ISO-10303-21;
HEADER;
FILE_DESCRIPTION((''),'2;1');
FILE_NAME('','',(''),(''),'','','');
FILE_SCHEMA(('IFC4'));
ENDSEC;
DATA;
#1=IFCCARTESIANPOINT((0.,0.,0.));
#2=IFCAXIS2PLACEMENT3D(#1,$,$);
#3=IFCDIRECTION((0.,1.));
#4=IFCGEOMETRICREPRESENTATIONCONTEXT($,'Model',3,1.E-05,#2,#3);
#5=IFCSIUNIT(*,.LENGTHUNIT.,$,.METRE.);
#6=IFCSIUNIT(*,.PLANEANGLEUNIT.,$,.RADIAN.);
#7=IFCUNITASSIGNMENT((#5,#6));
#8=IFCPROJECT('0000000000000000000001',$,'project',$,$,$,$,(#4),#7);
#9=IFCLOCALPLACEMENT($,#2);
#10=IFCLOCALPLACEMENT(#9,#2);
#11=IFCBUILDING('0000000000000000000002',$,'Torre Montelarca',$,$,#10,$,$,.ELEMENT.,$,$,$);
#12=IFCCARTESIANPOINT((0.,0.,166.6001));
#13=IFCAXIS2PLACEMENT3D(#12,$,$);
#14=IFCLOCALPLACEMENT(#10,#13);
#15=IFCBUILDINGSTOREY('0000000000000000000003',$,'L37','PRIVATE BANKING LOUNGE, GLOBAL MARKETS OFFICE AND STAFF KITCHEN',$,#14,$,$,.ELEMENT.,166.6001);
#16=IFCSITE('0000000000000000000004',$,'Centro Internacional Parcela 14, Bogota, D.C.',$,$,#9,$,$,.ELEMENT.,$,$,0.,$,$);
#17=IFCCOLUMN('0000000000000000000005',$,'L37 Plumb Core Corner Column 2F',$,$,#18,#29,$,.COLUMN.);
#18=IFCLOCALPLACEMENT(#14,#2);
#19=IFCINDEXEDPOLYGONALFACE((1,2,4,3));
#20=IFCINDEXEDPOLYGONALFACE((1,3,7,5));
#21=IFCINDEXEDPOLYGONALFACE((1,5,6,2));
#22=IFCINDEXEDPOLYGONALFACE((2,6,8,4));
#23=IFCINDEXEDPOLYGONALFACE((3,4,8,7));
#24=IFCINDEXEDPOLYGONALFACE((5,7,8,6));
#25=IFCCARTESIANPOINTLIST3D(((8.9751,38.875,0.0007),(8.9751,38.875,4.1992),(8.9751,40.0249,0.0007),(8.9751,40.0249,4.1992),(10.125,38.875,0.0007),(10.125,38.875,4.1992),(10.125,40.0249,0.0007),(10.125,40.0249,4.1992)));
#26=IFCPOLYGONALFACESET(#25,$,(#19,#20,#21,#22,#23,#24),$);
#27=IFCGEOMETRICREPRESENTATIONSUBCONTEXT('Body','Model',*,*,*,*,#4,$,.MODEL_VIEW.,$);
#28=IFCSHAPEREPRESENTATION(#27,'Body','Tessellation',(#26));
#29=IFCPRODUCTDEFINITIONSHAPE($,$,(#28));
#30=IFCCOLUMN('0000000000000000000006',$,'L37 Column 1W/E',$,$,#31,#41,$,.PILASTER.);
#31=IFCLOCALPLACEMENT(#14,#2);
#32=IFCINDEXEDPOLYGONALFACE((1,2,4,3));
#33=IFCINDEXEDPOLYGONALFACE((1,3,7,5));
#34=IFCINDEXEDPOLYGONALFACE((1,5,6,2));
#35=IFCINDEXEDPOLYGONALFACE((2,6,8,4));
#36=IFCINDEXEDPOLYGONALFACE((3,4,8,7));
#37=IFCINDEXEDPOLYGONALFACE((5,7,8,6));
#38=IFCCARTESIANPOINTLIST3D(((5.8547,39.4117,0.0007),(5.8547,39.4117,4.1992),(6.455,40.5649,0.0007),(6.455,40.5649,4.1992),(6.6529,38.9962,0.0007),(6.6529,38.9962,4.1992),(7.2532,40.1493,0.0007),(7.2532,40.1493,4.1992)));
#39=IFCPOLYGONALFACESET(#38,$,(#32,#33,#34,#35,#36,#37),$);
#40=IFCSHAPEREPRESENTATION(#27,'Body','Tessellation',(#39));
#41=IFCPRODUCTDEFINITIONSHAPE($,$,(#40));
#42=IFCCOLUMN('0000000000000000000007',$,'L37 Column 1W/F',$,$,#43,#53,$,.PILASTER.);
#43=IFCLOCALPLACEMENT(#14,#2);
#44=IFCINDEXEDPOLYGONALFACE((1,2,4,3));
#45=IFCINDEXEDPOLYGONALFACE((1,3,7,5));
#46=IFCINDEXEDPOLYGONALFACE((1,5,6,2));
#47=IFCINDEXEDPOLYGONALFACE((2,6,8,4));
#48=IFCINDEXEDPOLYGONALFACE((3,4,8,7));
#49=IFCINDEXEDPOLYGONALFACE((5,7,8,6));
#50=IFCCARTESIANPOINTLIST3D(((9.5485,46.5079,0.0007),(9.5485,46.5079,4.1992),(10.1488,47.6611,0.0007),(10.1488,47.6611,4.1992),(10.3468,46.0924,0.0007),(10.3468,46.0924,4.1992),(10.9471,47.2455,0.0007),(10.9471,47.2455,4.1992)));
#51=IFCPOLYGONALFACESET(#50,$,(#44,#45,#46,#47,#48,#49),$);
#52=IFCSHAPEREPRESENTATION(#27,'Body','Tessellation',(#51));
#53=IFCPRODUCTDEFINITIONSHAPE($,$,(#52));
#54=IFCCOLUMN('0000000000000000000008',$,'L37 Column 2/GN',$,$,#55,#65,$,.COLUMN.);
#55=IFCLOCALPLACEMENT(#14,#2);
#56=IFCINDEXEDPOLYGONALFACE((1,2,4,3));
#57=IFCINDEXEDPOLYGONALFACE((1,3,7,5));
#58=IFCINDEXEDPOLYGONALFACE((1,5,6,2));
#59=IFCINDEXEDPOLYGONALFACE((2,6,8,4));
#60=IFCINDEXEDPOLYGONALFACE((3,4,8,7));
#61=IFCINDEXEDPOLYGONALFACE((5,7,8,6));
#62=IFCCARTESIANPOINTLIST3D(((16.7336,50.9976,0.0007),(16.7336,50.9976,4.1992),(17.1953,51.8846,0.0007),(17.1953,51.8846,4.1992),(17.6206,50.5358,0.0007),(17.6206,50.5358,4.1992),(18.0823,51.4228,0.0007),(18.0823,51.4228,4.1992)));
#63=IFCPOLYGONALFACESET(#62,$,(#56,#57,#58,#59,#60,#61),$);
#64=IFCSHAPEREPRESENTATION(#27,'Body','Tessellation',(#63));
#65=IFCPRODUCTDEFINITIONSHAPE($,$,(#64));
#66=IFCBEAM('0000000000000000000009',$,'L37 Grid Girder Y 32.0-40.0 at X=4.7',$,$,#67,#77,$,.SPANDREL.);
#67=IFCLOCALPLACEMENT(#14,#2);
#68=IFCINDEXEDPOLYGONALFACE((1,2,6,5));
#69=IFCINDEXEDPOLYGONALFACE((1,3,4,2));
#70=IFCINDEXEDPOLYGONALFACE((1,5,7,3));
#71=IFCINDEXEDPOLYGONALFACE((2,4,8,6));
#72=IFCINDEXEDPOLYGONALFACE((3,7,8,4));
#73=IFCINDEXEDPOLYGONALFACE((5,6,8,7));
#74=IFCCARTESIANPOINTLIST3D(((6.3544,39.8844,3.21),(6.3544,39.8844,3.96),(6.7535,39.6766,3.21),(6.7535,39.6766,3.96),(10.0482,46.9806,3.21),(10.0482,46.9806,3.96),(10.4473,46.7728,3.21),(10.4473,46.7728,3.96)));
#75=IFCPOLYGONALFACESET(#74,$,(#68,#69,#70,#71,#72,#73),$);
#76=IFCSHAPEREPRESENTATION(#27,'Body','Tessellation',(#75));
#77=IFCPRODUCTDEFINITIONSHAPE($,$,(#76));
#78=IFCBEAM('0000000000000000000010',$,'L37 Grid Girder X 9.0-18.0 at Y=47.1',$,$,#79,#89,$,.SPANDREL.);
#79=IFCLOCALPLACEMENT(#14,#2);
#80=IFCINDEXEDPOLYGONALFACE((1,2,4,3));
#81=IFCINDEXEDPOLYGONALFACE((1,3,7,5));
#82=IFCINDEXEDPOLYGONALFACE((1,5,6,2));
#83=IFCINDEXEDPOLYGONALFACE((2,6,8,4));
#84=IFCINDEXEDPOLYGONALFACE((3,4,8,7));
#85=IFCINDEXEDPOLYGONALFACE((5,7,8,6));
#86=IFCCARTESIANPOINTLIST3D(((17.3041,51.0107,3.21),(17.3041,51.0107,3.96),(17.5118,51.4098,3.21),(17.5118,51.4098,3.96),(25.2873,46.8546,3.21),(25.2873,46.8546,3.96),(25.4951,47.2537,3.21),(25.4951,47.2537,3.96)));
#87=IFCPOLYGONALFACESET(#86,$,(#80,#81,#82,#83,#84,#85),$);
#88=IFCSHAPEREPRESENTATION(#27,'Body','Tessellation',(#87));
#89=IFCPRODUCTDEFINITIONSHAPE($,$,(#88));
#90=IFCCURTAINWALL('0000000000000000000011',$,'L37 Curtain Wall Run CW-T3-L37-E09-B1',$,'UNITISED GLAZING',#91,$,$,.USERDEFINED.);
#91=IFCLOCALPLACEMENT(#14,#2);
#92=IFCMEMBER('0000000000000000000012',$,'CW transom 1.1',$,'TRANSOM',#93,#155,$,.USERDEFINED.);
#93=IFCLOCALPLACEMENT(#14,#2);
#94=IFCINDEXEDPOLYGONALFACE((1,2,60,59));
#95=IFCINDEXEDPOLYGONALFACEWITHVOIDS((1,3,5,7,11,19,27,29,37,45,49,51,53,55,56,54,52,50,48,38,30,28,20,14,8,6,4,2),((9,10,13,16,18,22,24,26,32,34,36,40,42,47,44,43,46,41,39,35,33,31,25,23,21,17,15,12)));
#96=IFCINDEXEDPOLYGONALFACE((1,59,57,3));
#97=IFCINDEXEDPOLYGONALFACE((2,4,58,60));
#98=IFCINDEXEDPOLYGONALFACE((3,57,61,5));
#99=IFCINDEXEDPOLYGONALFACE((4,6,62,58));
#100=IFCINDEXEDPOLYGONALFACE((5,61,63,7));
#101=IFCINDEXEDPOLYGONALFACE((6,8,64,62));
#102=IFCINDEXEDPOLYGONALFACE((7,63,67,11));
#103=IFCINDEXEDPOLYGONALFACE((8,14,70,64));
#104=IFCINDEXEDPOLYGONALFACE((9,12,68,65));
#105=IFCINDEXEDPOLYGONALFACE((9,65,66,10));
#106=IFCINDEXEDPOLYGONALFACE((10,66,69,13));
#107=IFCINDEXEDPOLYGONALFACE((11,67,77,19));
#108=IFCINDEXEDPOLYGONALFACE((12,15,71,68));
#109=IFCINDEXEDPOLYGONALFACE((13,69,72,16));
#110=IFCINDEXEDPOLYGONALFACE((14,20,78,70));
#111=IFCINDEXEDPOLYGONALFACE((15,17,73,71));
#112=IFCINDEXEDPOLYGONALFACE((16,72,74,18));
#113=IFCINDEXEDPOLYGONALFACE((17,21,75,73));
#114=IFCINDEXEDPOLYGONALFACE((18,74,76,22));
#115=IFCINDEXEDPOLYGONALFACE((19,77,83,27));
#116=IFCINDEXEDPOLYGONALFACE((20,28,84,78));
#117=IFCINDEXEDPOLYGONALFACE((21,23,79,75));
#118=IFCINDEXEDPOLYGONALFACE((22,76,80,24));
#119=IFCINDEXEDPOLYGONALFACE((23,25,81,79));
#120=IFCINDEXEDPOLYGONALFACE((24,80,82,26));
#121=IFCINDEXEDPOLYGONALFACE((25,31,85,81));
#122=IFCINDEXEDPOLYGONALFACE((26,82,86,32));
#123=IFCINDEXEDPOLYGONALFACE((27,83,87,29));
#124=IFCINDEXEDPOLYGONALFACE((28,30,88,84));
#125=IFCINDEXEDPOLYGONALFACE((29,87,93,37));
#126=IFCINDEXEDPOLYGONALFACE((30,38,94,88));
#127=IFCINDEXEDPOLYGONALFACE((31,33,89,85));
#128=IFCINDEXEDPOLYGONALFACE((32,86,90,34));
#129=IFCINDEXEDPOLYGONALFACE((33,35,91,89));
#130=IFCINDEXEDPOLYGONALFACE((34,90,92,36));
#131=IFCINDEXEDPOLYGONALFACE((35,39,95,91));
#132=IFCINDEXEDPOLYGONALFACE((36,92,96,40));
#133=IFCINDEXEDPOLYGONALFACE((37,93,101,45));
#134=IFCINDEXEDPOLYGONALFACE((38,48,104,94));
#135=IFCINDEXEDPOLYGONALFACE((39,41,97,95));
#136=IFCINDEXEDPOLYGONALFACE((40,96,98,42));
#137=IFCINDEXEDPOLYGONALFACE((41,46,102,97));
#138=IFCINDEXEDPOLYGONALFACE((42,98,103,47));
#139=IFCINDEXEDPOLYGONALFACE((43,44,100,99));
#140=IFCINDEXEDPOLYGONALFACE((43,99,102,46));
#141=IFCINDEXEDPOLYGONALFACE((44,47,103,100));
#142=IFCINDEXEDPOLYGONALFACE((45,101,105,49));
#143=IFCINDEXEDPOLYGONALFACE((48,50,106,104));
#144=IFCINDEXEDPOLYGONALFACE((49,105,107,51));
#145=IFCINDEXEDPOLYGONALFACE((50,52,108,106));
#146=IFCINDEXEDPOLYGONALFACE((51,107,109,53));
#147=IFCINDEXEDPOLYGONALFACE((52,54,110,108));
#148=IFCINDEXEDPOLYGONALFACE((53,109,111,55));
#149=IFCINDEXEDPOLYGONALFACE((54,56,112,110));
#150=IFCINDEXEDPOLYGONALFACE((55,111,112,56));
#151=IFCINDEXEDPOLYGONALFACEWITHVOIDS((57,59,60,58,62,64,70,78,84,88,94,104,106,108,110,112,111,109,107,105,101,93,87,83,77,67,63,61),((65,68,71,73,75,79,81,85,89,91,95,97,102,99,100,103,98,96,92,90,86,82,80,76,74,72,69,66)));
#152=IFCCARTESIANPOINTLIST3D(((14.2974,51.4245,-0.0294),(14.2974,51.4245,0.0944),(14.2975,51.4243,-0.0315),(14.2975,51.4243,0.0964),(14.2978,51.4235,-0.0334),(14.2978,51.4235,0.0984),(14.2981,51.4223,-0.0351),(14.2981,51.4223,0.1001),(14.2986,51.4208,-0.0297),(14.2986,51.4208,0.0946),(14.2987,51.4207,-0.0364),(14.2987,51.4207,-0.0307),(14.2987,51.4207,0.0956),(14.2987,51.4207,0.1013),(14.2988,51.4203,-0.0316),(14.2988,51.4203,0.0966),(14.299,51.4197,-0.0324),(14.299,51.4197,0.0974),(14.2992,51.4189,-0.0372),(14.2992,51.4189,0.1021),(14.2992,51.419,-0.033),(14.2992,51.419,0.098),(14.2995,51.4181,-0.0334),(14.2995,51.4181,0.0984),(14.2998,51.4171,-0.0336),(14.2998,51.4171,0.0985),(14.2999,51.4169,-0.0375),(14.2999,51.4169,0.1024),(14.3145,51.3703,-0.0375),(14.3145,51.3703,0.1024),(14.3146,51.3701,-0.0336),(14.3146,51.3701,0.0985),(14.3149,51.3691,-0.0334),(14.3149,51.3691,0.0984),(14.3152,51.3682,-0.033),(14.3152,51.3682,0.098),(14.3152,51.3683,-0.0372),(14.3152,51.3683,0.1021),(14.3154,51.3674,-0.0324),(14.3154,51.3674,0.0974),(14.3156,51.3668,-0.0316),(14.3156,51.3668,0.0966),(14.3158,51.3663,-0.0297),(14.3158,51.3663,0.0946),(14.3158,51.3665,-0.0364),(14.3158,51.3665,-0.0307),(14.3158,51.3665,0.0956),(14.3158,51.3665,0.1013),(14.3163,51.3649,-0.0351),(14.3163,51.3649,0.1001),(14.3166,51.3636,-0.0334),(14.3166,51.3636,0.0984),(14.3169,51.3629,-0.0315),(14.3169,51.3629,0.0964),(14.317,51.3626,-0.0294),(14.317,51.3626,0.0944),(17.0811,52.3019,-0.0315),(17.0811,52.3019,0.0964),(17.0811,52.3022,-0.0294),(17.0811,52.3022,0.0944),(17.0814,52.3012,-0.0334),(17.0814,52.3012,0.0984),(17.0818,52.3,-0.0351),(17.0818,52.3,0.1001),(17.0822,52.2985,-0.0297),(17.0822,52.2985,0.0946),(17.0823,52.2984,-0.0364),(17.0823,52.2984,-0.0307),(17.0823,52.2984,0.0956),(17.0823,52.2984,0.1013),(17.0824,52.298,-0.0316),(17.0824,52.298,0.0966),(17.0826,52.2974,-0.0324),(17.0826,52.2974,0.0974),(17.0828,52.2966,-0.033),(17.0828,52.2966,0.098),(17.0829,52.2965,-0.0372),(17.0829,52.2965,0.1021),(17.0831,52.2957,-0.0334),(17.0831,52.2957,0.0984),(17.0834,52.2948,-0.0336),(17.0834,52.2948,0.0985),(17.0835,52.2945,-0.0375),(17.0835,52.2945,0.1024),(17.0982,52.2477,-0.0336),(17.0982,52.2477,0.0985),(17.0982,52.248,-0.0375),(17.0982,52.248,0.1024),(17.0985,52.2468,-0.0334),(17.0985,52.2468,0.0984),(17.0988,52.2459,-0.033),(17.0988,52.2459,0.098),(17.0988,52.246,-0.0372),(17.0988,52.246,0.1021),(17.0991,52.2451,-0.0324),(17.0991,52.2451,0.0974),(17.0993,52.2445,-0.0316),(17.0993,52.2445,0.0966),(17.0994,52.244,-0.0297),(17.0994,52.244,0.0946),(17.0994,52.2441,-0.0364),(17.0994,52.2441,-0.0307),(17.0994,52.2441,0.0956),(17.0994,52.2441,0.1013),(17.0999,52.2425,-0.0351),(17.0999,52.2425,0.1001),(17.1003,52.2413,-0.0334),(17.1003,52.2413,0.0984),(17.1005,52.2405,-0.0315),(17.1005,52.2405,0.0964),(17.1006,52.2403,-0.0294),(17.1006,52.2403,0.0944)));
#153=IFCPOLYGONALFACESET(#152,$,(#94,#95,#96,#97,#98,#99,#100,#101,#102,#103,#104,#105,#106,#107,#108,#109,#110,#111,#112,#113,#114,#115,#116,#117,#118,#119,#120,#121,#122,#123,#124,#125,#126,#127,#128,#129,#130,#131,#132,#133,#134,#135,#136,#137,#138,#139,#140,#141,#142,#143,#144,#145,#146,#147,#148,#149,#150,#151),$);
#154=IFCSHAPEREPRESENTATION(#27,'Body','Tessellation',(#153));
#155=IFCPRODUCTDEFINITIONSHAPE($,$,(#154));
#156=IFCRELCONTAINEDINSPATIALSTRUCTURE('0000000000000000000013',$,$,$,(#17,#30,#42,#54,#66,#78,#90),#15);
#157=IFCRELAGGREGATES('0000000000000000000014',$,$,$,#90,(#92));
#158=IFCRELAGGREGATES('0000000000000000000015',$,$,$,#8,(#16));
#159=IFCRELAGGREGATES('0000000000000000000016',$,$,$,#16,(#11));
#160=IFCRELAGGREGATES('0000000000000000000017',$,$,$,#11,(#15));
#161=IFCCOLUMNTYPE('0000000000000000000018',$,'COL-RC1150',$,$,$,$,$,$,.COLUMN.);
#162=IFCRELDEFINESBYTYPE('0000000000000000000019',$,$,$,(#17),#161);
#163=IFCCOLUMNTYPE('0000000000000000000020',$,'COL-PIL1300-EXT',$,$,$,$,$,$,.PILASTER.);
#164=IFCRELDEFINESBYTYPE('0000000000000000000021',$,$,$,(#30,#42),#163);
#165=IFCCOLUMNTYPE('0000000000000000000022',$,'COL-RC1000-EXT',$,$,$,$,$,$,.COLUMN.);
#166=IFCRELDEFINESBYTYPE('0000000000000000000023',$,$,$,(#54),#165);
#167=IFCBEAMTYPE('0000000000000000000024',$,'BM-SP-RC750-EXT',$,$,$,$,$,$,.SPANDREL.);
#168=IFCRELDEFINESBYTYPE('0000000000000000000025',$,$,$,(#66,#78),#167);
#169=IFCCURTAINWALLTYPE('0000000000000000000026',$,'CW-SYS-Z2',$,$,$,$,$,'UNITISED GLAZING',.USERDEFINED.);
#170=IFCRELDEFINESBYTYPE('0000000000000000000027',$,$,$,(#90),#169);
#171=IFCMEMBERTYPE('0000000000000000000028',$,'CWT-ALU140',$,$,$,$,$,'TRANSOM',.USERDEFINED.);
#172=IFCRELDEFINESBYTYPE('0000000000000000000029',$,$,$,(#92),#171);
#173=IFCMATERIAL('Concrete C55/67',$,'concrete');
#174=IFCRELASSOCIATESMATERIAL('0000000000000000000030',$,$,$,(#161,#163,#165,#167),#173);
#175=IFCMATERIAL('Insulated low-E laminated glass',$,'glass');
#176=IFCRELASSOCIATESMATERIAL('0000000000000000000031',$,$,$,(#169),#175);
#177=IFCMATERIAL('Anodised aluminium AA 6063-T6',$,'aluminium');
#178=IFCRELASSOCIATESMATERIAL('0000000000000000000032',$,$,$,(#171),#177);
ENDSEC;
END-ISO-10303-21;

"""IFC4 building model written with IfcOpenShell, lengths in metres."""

from ifc_helpers import new_model, si_unit, direction, frame, origin, origin_2d, place, context, subcontext, project, spatial, rectangle, hollow_rectangle, extrude, source, transform, mapped, material, material_profile, profile_set, type_object, element, aggregate, save


model = new_model("IFC4")

# Units and contexts
model_context = context("Model", 3, precision=1e-05, world=origin(), true_north=direction((0.0, 1.0)))
body_context = subcontext(model_context, "Body", "Model", "MODEL_VIEW")
ifc_project = project(units=[si_unit("LENGTHUNIT", "METRE"), si_unit("PLANEANGLEUNIT", "RADIAN")], contexts=[model_context])

# Site, building, storey
site_placement = place(None, origin())
site = spatial("IfcSite", under=ifc_project, at=site_placement, Name="Centro Internacional Parcela 14, Bogota, D.C.", CompositionType="ELEMENT", RefElevation=0.0)
building_placement = place(site_placement, origin())
building = spatial("IfcBuilding", under=site, at=building_placement, Name="Torre Montelarca", CompositionType="ELEMENT")
storey_placement = place(building_placement, frame((0.0, 0.0, 166.6001)))
storey = spatial("IfcBuildingStorey", under=building, at=storey_placement, Name="L37", Description="PRIVATE BANKING LOUNGE, GLOBAL MARKETS OFFICE AND STAFF KITCHEN", CompositionType="ELEMENT", Elevation=166.6001)

# Columns
ifc_material_1 = material(Name="Concrete C55/67", Category="concrete")
ifc_material_profile_1 = material_profile(ifc_material_1, rectangle(XDim=1.1499, YDim=1.1499, at=origin_2d()), Name="RC1150X1150", Category="concrete")
ifc_profile_set_1 = profile_set([ifc_material_profile_1], Name="Concrete C55/67")
column_type_1 = type_object("IfcColumnType", Name="COL-RC1150", PredefinedType="COLUMN", material=ifc_profile_set_1)
shared_shape_1 = source(origin(), body_context, "Body", "SweptSolid", [
    extrude(rectangle(XDim=1.1499, YDim=1.1499, at=origin_2d()), origin(), (0.0, 0.0, 1.0), 4.1985),
])
column_1_placement = place(storey_placement, frame((9.55, 39.45, 0.0007), z_axis=(0.0, 0.0, 1.0), x_axis=(1.0, 0.0, 0.0)))
element("IfcColumn", 1, at=column_1_placement, inside=storey, type_object=column_type_1, Name="L37 Plumb Core Corner Column 2F", PredefinedType="COLUMN", context=body_context, shape_type="MappedRepresentation", body=[
    mapped(shared_shape_1, transform((0.0, 0.0, 0.0), scale=1.0)),
])
ifc_material_profile_2 = material_profile(ifc_material_1, rectangle(XDim=0.8999, YDim=1.3, at=origin_2d()), Name="RC1300X900", Category="concrete")
ifc_profile_set_2 = profile_set([ifc_material_profile_2], Name="Concrete C55/67")
column_type_2 = type_object("IfcColumnType", Name="COL-PIL1300-EXT", PredefinedType="PILASTER", material=ifc_profile_set_2)
shared_shape_2 = source(origin(), body_context, "Body", "SweptSolid", [
    extrude(rectangle(XDim=0.8999, YDim=1.3, at=origin_2d()), origin(), (0.0, 0.0, 1.0), 4.1985),
])
for number, where, z_axis, x_axis, name in (
    (2, (6.554, 39.7805, 0.0007), (0.0, 0.0, 1.0), (-0.887011, 0.461749, 0.0), "L37 Column 1W/E"),
    (3, (10.2478, 46.8767, 0.0007), (0.0, 0.0, 1.0), (-0.887011, 0.461749, 0.0), "L37 Column 1W/F"),
):
    element("IfcColumn", number, at=place(storey_placement, frame(where, z_axis=z_axis, x_axis=x_axis)), inside=storey, type_object=column_type_2, Name=name, PredefinedType="PILASTER", context=body_context, shape_type="MappedRepresentation", body=[
        mapped(shared_shape_2, transform((0.0, 0.0, 0.0), scale=1.0)),
    ])
ifc_material_profile_3 = material_profile(ifc_material_1, rectangle(XDim=1.0, YDim=1.0, at=origin_2d()), Name="RC1000X1000", Category="concrete")
ifc_profile_set_3 = profile_set([ifc_material_profile_3], Name="Concrete C55/67")
column_type_3 = type_object("IfcColumnType", Name="COL-RC1000-EXT", PredefinedType="COLUMN", material=ifc_profile_set_3)
shared_shape_3 = source(origin(), body_context, "Body", "SweptSolid", [
    extrude(rectangle(XDim=1.0, YDim=1.0, at=origin_2d()), origin(), (0.0, 0.0, 1.0), 4.1985),
])
column_2_placement = place(storey_placement, frame((17.408, 51.2102, 0.0007), z_axis=(0.0, 0.0, 1.0), x_axis=(-0.887011, 0.461749, 0.0)))
element("IfcColumn", 4, at=column_2_placement, inside=storey, type_object=column_type_3, Name="L37 Column 2/GN", PredefinedType="COLUMN", context=body_context, shape_type="MappedRepresentation", body=[
    mapped(shared_shape_3, transform((0.0, 0.0, 0.0), scale=1.0)),
])

# Beams
ifc_material_profile_4 = material_profile(ifc_material_1, rectangle(XDim=0.45, YDim=0.75, at=origin_2d()), Name="RCB450X750", Category="concrete")
ifc_profile_set_4 = profile_set([ifc_material_profile_4], Name="Concrete C55/67")
beam_type = type_object("IfcBeamType", Name="BM-SP-RC750-EXT", PredefinedType="SPANDREL", material=ifc_profile_set_4)
shared_shape_4 = source(origin(), body_context, "Body", "SweptSolid", [
    extrude(rectangle(XDim=0.45, YDim=0.75, at=origin_2d()), origin(), (0.0, 0.0, 1.0), 8.0),
])
beam_1_placement = place(storey_placement, frame((6.554, 39.7805, 3.585), z_axis=(0.461729, 0.887021, 0.0), x_axis=(-0.887021, 0.461729, 0.0)))
element("IfcBeam", 5, at=beam_1_placement, inside=storey, type_object=beam_type, Name="L37 Grid Girder Y 32.0-40.0 at X=4.7", PredefinedType="SPANDREL", context=body_context, shape_type="MappedRepresentation", body=[
    mapped(shared_shape_4, transform((0.0, 0.0, 0.0), scale=1.0)),
])
shared_shape_5 = source(origin(), body_context, "Body", "SweptSolid", [
    extrude(rectangle(XDim=0.45, YDim=0.75, at=origin_2d()), origin(), (0.0, 0.0, 1.0), 9.0002),
])
beam_2_placement = place(storey_placement, frame((17.408, 51.2102, 3.585), z_axis=(0.887, -0.461769, 0.0), x_axis=(0.461769, 0.887, 0.0)))
element("IfcBeam", 6, at=beam_2_placement, inside=storey, type_object=beam_type, Name="L37 Grid Girder X 9.0-18.0 at Y=47.1", PredefinedType="SPANDREL", context=body_context, shape_type="MappedRepresentation", body=[
    mapped(shared_shape_5, transform((0.0, 0.0, 0.0), scale=1.0)),
])

# Curtain wall, member
ifc_material_2 = material(Name="Insulated low-E laminated glass", Category="glass")
curtain_wall_type = type_object("IfcCurtainWallType", Name="CW-SYS-Z2", ElementType="UNITISED GLAZING", PredefinedType="USERDEFINED", material=ifc_material_2)
curtain_wall_1_placement = place(storey_placement, origin())
curtain_wall_1 = element("IfcCurtainWall", 7, at=curtain_wall_1_placement, inside=storey, type_object=curtain_wall_type, Name="L37 Curtain Wall Run CW-T3-L37-E09-B1", ObjectType="UNITISED GLAZING", PredefinedType="USERDEFINED")
ifc_material_3 = material(Name="Anodised aluminium AA 6063-T6", Category="aluminium")
ifc_material_profile_5 = material_profile(ifc_material_3, hollow_rectangle(XDim=0.0649, YDim=0.1399, WallThickness=0.0039, InnerFilletRadius=0.0039, OuterFilletRadius=0.0081, at=origin_2d()), Name="ALU65X140X4", Category="aluminium")
ifc_profile_set_5 = profile_set([ifc_material_profile_5], Name="Anodised aluminium AA 6063-T6")
member_type_1 = type_object("IfcMemberType", Name="CWT-ALU140", ElementType="TRANSOM", PredefinedType="USERDEFINED", material=ifc_profile_set_5)
shared_shape_6 = source(origin(), body_context, "Body", "SweptSolid", [
    extrude(hollow_rectangle(XDim=0.0649, YDim=0.1399, WallThickness=0.0039, InnerFilletRadius=0.0039, OuterFilletRadius=0.0081, at=origin_2d()), origin(), (0.0, 0.0, 1.0), 2.9187),
])
member_1_placement = place(storey_placement, frame((17.0908, 52.2712, 0.0325), z_axis=(-0.953718, -0.300703, 0.0), x_axis=(0.300703, -0.953718, 0.0)))
member_1 = element("IfcMember", 8, at=member_1_placement, type_object=member_type_1, Name="CW transom 1.1", ObjectType="TRANSOM", PredefinedType="USERDEFINED", context=body_context, shape_type="MappedRepresentation", body=[
    mapped(shared_shape_6, transform((0.0, 0.0, 0.0), scale=1.0)),
])

aggregate(curtain_wall_1, [member_1])

save(model, "model.ifc")
